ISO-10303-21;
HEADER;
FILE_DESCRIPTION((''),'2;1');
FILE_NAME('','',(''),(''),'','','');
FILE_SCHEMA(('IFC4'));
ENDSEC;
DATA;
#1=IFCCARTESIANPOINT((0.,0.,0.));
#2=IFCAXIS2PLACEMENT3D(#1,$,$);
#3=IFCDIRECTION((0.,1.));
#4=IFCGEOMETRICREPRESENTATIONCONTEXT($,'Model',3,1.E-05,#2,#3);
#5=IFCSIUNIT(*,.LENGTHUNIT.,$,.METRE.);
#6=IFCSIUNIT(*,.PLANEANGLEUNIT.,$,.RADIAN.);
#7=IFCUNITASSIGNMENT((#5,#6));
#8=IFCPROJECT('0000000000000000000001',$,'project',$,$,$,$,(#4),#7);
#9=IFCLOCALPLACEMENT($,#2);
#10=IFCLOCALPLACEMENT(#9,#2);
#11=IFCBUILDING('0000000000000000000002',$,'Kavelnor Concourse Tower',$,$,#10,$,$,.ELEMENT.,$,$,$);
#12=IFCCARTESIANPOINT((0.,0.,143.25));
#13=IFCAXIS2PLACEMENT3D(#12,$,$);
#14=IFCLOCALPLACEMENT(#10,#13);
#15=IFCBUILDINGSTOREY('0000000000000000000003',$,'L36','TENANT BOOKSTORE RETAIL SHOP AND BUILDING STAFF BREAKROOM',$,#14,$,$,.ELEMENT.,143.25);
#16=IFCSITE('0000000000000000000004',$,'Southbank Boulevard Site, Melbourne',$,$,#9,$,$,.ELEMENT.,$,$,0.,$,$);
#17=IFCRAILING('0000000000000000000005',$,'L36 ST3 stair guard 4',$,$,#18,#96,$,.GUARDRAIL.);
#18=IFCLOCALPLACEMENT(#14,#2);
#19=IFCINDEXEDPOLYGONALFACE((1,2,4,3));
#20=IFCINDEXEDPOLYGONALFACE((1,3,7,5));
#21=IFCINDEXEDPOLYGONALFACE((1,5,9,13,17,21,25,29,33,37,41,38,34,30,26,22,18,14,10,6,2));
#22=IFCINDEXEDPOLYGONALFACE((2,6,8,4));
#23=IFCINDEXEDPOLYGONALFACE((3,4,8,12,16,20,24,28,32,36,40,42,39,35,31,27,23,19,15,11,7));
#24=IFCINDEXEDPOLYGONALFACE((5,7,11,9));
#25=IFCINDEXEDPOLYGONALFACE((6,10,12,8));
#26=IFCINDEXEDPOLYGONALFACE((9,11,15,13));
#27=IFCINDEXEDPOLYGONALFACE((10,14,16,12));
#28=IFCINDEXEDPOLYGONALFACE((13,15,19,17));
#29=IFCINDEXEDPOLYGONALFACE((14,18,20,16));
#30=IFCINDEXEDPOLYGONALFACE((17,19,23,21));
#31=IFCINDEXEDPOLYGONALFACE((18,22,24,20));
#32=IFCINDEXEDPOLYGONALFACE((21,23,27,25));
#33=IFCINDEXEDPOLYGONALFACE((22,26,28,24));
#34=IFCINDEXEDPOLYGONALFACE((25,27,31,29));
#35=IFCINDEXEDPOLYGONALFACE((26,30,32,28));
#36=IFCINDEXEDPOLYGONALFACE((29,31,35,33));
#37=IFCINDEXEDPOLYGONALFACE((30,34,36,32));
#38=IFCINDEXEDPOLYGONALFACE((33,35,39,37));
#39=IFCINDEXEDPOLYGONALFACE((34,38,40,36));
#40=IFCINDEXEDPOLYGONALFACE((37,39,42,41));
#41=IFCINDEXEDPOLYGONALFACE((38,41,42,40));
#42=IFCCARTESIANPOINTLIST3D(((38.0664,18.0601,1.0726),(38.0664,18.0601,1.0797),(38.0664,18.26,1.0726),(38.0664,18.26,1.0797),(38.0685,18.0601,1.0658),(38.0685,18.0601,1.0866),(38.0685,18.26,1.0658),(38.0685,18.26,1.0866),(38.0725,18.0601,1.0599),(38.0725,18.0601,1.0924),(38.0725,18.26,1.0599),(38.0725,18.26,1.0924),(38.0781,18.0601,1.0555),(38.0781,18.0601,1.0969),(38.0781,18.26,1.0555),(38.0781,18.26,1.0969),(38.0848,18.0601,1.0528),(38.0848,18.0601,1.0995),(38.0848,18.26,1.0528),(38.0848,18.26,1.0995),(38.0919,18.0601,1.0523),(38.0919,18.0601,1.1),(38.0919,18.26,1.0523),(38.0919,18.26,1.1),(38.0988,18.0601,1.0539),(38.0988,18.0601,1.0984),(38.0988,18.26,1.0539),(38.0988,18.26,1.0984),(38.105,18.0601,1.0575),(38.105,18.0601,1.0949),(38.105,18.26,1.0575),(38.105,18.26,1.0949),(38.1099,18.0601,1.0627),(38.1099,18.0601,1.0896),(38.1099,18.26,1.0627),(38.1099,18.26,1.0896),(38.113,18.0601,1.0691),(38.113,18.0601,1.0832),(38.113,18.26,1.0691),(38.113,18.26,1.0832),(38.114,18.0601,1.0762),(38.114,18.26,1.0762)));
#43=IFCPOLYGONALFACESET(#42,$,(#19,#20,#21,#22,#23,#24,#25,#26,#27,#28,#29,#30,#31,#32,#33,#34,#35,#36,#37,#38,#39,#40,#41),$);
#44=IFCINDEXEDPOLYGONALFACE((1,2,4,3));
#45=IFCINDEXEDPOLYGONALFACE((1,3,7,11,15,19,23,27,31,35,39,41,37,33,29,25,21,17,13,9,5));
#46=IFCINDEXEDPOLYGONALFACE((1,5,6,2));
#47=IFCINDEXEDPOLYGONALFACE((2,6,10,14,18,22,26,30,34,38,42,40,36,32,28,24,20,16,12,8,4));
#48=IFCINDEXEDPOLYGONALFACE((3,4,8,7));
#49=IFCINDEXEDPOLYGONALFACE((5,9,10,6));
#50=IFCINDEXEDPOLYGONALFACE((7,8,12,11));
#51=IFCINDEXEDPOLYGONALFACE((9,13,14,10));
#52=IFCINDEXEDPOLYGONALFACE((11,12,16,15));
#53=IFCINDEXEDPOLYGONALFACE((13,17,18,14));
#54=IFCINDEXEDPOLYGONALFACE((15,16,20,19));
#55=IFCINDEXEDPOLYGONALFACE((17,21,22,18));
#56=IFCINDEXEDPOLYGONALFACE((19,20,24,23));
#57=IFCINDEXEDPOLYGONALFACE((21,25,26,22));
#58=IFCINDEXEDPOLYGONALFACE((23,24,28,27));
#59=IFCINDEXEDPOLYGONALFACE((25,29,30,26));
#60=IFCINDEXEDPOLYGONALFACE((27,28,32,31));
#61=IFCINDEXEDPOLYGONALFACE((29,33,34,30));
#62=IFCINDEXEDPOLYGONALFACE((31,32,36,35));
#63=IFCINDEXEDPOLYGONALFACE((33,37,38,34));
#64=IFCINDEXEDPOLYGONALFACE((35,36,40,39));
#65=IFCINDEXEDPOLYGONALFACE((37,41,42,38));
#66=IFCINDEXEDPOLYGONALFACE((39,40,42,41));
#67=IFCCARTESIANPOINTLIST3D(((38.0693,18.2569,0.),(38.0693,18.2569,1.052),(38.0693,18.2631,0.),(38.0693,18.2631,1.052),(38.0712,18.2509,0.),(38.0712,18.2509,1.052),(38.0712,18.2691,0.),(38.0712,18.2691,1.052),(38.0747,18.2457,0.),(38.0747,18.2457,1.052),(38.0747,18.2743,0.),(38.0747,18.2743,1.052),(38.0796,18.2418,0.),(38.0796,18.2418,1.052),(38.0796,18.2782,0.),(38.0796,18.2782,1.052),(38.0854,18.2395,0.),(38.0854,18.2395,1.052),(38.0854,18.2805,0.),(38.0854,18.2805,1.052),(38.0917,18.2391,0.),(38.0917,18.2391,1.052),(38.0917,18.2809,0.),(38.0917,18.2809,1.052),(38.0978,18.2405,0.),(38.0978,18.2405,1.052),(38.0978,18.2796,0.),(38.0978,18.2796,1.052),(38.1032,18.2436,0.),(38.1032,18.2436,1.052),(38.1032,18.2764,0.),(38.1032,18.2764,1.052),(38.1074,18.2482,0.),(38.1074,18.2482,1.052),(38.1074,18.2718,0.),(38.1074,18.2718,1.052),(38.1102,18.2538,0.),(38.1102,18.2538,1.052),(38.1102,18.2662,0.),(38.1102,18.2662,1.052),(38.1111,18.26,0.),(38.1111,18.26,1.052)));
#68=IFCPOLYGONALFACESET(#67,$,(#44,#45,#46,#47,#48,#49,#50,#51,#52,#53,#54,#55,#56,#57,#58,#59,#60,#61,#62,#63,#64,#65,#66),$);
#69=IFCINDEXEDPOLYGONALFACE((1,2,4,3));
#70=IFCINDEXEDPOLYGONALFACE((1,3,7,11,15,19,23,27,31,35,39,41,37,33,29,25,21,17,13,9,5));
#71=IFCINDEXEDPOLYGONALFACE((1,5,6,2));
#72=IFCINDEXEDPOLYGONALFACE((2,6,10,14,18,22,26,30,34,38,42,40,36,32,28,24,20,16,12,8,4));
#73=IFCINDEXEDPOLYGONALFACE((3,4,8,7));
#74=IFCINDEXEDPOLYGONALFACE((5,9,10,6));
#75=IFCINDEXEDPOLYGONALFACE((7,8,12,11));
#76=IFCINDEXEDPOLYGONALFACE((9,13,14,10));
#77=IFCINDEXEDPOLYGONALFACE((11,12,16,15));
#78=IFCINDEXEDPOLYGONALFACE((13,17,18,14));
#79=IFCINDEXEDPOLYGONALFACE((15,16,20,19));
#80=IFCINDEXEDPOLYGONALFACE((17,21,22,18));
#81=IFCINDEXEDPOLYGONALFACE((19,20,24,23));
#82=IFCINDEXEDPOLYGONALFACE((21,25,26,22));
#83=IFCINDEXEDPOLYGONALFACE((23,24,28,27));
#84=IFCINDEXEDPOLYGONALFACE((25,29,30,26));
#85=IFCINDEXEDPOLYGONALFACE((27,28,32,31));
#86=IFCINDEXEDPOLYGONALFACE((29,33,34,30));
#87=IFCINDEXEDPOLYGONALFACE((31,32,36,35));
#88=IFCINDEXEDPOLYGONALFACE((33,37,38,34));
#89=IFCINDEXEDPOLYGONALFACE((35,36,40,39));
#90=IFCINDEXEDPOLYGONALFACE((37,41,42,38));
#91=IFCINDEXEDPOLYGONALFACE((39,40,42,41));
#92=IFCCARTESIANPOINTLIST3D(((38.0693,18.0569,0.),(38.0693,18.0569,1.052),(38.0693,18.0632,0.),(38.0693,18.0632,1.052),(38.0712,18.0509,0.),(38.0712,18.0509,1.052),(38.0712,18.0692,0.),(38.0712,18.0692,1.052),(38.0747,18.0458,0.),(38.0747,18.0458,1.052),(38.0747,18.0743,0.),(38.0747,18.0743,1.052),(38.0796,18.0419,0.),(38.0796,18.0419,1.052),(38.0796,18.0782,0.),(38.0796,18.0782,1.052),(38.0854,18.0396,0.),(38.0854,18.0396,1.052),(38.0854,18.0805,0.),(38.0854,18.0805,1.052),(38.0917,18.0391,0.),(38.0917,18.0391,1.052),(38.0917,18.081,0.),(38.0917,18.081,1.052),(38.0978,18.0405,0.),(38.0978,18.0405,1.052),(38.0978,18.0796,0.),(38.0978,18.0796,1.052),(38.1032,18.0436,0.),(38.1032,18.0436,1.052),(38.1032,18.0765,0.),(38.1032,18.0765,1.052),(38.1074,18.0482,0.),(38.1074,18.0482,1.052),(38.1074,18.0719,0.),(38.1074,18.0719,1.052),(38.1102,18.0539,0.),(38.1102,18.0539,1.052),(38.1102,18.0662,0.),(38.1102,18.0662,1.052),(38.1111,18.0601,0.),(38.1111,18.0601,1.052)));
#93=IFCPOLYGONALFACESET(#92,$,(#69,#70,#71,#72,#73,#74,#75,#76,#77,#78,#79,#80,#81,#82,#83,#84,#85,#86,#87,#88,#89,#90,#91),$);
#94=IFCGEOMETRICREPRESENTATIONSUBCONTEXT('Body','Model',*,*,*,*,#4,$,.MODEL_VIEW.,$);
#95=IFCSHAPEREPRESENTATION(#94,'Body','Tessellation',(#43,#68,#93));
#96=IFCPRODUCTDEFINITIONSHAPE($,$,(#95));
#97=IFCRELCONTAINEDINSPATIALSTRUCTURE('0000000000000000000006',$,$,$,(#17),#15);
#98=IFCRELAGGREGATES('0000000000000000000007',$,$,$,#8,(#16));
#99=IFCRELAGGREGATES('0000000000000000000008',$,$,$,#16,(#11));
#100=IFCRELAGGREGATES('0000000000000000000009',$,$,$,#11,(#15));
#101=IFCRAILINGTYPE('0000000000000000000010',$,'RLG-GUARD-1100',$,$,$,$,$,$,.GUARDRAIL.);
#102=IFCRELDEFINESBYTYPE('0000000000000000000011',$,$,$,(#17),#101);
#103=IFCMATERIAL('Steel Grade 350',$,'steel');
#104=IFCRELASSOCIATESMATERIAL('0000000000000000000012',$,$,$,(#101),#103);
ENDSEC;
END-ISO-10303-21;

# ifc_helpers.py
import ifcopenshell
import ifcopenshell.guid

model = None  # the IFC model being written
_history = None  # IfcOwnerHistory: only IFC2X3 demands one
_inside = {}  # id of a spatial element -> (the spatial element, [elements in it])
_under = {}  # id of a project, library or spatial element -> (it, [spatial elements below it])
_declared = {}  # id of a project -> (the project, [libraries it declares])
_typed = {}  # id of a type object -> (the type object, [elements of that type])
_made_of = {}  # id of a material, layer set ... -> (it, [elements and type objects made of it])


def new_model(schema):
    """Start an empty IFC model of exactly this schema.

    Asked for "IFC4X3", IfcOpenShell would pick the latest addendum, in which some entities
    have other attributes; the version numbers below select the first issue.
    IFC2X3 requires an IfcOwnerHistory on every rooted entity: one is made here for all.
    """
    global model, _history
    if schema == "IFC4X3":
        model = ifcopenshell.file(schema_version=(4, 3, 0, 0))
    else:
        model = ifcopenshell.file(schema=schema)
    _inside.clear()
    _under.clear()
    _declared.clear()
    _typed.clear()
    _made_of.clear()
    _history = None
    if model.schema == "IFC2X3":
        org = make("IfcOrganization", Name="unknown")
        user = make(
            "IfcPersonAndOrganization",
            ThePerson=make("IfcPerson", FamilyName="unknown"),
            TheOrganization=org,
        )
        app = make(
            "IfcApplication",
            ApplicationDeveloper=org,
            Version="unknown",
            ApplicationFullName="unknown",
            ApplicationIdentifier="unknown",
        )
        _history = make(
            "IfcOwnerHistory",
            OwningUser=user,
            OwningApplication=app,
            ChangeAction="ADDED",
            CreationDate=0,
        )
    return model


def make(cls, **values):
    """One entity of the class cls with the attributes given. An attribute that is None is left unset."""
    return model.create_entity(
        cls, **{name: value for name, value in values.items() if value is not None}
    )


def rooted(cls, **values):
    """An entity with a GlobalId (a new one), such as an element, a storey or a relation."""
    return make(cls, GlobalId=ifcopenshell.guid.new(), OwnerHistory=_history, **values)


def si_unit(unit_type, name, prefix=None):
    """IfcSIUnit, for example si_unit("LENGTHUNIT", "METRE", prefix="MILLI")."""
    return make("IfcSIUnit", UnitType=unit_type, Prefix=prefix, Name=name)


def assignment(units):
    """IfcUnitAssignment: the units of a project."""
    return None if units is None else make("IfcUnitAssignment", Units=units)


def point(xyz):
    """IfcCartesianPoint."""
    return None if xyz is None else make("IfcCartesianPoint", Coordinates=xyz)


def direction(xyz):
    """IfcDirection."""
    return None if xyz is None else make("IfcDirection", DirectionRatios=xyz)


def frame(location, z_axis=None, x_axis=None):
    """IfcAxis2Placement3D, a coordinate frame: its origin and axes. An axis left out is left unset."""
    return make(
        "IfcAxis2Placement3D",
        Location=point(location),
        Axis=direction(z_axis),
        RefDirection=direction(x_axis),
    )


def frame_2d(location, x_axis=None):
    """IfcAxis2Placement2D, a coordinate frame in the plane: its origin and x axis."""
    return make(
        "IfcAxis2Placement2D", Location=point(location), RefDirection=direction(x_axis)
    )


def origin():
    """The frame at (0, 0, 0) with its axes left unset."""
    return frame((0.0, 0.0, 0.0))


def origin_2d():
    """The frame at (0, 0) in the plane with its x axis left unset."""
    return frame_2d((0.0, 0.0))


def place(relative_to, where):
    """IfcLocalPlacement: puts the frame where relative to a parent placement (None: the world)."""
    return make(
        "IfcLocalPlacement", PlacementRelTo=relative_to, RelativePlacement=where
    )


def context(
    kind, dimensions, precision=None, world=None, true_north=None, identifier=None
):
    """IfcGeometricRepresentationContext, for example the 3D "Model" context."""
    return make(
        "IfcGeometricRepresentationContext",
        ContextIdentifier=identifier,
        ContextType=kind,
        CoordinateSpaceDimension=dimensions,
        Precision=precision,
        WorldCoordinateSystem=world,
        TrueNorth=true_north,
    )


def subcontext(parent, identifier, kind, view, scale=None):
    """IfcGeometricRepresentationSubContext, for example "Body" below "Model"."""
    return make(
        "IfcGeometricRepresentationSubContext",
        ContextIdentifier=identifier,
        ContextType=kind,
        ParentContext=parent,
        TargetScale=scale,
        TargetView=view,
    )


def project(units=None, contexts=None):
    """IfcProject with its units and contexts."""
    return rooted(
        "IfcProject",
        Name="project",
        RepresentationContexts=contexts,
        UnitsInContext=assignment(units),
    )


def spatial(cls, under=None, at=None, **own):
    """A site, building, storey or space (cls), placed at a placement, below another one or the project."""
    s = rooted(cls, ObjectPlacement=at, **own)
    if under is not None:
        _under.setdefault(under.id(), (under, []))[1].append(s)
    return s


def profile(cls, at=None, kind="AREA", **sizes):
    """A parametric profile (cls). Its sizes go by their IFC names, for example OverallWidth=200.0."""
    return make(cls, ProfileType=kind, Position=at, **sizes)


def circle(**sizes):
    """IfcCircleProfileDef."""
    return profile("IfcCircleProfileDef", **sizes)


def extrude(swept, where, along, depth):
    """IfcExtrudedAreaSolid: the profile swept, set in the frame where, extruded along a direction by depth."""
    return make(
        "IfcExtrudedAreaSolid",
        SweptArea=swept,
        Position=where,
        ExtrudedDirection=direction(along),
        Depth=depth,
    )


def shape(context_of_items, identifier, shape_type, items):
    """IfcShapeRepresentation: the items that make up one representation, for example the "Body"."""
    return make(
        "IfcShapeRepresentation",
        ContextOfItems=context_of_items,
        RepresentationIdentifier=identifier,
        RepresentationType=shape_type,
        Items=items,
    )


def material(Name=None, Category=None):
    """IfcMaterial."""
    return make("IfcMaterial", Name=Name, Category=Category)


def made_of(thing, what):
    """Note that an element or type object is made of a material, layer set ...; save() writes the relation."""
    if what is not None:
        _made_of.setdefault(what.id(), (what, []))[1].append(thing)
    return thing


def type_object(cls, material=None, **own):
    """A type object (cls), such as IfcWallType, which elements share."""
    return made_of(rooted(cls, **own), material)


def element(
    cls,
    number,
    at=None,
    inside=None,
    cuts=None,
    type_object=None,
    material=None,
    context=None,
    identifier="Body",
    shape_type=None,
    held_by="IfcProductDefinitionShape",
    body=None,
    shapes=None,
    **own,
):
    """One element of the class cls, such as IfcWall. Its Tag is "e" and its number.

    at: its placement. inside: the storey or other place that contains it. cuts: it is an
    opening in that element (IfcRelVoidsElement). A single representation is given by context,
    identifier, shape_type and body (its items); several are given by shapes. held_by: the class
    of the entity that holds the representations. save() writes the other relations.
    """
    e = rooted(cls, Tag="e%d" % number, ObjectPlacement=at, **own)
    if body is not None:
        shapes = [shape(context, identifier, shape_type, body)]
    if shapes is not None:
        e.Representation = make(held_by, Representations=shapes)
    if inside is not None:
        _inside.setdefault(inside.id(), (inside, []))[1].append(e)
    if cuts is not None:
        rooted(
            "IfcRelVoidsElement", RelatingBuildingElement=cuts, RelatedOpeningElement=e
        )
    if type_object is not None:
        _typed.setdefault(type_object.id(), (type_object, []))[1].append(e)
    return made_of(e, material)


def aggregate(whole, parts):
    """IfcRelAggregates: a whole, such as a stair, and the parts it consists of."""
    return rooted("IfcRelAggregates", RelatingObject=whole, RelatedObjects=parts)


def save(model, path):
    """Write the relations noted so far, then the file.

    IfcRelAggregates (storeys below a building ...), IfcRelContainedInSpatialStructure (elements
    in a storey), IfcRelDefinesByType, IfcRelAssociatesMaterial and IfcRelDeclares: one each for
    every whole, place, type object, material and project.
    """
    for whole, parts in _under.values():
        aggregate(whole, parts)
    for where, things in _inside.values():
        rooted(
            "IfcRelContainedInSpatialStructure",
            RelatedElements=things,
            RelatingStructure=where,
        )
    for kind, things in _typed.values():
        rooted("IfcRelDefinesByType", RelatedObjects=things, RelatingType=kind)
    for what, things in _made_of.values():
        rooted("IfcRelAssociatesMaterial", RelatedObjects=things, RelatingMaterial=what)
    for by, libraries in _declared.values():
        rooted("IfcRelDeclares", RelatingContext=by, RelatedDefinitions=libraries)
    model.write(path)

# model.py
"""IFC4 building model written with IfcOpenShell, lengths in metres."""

from ifc_helpers import new_model, si_unit, direction, frame, origin, origin_2d, place, context, subcontext, project, spatial, circle, extrude, material, type_object, element, save


model = new_model("IFC4")

# Units and contexts
model_context = context("Model", 3, precision=1e-05, world=origin(), true_north=direction((0.0, 1.0)))
body_context = subcontext(model_context, "Body", "Model", "MODEL_VIEW")
ifc_project = project(units=[si_unit("LENGTHUNIT", "METRE"), si_unit("PLANEANGLEUNIT", "RADIAN")], contexts=[model_context])

# Site, building, storey
site_placement = place(None, origin())
site = spatial("IfcSite", under=ifc_project, at=site_placement, Name="Southbank Boulevard Site, Melbourne", CompositionType="ELEMENT", RefElevation=0.0)
building_placement = place(site_placement, origin())
building = spatial("IfcBuilding", under=site, at=building_placement, Name="Kavelnor Concourse Tower", CompositionType="ELEMENT")
storey_placement = place(building_placement, frame((0.0, 0.0, 143.25)))
storey = spatial("IfcBuildingStorey", under=building, at=storey_placement, Name="L36", Description="TENANT BOOKSTORE RETAIL SHOP AND BUILDING STAFF BREAKROOM", CompositionType="ELEMENT", Elevation=143.25)

# Shared definitions
ifc_material_1 = material(Name="Steel Grade 350", Category="steel")

# Railing
railing_type_1 = type_object("IfcRailingType", Name="RLG-GUARD-1100", PredefinedType="GUARDRAIL", material=ifc_material_1)
railing_1_placement = place(storey_placement, frame((38.0901, 18.26, 0.0)))
element("IfcRailing", 1, at=railing_1_placement, inside=storey, type_object=railing_type_1, Name="L36 ST3 stair guard 4", PredefinedType="GUARDRAIL", context=body_context, shape_type="SweptSolid", body=[
    extrude(circle(Radius=0.0239, at=origin_2d()), frame((0.0, 0.0, 1.0762), z_axis=(0.0, -1.0, 0.0), x_axis=(1.0, 0.0, 0.0)), (0.0, 0.0, 1.0), 0.2),
    extrude(circle(Radius=0.021, at=origin_2d()), origin(), (0.0, 0.0, 1.0), 1.052),
    extrude(circle(Radius=0.021, at=origin_2d()), frame((0.0, -0.2, 0.0)), (0.0, 0.0, 1.0), 1.052),
])

save(model, "model.ifc")
